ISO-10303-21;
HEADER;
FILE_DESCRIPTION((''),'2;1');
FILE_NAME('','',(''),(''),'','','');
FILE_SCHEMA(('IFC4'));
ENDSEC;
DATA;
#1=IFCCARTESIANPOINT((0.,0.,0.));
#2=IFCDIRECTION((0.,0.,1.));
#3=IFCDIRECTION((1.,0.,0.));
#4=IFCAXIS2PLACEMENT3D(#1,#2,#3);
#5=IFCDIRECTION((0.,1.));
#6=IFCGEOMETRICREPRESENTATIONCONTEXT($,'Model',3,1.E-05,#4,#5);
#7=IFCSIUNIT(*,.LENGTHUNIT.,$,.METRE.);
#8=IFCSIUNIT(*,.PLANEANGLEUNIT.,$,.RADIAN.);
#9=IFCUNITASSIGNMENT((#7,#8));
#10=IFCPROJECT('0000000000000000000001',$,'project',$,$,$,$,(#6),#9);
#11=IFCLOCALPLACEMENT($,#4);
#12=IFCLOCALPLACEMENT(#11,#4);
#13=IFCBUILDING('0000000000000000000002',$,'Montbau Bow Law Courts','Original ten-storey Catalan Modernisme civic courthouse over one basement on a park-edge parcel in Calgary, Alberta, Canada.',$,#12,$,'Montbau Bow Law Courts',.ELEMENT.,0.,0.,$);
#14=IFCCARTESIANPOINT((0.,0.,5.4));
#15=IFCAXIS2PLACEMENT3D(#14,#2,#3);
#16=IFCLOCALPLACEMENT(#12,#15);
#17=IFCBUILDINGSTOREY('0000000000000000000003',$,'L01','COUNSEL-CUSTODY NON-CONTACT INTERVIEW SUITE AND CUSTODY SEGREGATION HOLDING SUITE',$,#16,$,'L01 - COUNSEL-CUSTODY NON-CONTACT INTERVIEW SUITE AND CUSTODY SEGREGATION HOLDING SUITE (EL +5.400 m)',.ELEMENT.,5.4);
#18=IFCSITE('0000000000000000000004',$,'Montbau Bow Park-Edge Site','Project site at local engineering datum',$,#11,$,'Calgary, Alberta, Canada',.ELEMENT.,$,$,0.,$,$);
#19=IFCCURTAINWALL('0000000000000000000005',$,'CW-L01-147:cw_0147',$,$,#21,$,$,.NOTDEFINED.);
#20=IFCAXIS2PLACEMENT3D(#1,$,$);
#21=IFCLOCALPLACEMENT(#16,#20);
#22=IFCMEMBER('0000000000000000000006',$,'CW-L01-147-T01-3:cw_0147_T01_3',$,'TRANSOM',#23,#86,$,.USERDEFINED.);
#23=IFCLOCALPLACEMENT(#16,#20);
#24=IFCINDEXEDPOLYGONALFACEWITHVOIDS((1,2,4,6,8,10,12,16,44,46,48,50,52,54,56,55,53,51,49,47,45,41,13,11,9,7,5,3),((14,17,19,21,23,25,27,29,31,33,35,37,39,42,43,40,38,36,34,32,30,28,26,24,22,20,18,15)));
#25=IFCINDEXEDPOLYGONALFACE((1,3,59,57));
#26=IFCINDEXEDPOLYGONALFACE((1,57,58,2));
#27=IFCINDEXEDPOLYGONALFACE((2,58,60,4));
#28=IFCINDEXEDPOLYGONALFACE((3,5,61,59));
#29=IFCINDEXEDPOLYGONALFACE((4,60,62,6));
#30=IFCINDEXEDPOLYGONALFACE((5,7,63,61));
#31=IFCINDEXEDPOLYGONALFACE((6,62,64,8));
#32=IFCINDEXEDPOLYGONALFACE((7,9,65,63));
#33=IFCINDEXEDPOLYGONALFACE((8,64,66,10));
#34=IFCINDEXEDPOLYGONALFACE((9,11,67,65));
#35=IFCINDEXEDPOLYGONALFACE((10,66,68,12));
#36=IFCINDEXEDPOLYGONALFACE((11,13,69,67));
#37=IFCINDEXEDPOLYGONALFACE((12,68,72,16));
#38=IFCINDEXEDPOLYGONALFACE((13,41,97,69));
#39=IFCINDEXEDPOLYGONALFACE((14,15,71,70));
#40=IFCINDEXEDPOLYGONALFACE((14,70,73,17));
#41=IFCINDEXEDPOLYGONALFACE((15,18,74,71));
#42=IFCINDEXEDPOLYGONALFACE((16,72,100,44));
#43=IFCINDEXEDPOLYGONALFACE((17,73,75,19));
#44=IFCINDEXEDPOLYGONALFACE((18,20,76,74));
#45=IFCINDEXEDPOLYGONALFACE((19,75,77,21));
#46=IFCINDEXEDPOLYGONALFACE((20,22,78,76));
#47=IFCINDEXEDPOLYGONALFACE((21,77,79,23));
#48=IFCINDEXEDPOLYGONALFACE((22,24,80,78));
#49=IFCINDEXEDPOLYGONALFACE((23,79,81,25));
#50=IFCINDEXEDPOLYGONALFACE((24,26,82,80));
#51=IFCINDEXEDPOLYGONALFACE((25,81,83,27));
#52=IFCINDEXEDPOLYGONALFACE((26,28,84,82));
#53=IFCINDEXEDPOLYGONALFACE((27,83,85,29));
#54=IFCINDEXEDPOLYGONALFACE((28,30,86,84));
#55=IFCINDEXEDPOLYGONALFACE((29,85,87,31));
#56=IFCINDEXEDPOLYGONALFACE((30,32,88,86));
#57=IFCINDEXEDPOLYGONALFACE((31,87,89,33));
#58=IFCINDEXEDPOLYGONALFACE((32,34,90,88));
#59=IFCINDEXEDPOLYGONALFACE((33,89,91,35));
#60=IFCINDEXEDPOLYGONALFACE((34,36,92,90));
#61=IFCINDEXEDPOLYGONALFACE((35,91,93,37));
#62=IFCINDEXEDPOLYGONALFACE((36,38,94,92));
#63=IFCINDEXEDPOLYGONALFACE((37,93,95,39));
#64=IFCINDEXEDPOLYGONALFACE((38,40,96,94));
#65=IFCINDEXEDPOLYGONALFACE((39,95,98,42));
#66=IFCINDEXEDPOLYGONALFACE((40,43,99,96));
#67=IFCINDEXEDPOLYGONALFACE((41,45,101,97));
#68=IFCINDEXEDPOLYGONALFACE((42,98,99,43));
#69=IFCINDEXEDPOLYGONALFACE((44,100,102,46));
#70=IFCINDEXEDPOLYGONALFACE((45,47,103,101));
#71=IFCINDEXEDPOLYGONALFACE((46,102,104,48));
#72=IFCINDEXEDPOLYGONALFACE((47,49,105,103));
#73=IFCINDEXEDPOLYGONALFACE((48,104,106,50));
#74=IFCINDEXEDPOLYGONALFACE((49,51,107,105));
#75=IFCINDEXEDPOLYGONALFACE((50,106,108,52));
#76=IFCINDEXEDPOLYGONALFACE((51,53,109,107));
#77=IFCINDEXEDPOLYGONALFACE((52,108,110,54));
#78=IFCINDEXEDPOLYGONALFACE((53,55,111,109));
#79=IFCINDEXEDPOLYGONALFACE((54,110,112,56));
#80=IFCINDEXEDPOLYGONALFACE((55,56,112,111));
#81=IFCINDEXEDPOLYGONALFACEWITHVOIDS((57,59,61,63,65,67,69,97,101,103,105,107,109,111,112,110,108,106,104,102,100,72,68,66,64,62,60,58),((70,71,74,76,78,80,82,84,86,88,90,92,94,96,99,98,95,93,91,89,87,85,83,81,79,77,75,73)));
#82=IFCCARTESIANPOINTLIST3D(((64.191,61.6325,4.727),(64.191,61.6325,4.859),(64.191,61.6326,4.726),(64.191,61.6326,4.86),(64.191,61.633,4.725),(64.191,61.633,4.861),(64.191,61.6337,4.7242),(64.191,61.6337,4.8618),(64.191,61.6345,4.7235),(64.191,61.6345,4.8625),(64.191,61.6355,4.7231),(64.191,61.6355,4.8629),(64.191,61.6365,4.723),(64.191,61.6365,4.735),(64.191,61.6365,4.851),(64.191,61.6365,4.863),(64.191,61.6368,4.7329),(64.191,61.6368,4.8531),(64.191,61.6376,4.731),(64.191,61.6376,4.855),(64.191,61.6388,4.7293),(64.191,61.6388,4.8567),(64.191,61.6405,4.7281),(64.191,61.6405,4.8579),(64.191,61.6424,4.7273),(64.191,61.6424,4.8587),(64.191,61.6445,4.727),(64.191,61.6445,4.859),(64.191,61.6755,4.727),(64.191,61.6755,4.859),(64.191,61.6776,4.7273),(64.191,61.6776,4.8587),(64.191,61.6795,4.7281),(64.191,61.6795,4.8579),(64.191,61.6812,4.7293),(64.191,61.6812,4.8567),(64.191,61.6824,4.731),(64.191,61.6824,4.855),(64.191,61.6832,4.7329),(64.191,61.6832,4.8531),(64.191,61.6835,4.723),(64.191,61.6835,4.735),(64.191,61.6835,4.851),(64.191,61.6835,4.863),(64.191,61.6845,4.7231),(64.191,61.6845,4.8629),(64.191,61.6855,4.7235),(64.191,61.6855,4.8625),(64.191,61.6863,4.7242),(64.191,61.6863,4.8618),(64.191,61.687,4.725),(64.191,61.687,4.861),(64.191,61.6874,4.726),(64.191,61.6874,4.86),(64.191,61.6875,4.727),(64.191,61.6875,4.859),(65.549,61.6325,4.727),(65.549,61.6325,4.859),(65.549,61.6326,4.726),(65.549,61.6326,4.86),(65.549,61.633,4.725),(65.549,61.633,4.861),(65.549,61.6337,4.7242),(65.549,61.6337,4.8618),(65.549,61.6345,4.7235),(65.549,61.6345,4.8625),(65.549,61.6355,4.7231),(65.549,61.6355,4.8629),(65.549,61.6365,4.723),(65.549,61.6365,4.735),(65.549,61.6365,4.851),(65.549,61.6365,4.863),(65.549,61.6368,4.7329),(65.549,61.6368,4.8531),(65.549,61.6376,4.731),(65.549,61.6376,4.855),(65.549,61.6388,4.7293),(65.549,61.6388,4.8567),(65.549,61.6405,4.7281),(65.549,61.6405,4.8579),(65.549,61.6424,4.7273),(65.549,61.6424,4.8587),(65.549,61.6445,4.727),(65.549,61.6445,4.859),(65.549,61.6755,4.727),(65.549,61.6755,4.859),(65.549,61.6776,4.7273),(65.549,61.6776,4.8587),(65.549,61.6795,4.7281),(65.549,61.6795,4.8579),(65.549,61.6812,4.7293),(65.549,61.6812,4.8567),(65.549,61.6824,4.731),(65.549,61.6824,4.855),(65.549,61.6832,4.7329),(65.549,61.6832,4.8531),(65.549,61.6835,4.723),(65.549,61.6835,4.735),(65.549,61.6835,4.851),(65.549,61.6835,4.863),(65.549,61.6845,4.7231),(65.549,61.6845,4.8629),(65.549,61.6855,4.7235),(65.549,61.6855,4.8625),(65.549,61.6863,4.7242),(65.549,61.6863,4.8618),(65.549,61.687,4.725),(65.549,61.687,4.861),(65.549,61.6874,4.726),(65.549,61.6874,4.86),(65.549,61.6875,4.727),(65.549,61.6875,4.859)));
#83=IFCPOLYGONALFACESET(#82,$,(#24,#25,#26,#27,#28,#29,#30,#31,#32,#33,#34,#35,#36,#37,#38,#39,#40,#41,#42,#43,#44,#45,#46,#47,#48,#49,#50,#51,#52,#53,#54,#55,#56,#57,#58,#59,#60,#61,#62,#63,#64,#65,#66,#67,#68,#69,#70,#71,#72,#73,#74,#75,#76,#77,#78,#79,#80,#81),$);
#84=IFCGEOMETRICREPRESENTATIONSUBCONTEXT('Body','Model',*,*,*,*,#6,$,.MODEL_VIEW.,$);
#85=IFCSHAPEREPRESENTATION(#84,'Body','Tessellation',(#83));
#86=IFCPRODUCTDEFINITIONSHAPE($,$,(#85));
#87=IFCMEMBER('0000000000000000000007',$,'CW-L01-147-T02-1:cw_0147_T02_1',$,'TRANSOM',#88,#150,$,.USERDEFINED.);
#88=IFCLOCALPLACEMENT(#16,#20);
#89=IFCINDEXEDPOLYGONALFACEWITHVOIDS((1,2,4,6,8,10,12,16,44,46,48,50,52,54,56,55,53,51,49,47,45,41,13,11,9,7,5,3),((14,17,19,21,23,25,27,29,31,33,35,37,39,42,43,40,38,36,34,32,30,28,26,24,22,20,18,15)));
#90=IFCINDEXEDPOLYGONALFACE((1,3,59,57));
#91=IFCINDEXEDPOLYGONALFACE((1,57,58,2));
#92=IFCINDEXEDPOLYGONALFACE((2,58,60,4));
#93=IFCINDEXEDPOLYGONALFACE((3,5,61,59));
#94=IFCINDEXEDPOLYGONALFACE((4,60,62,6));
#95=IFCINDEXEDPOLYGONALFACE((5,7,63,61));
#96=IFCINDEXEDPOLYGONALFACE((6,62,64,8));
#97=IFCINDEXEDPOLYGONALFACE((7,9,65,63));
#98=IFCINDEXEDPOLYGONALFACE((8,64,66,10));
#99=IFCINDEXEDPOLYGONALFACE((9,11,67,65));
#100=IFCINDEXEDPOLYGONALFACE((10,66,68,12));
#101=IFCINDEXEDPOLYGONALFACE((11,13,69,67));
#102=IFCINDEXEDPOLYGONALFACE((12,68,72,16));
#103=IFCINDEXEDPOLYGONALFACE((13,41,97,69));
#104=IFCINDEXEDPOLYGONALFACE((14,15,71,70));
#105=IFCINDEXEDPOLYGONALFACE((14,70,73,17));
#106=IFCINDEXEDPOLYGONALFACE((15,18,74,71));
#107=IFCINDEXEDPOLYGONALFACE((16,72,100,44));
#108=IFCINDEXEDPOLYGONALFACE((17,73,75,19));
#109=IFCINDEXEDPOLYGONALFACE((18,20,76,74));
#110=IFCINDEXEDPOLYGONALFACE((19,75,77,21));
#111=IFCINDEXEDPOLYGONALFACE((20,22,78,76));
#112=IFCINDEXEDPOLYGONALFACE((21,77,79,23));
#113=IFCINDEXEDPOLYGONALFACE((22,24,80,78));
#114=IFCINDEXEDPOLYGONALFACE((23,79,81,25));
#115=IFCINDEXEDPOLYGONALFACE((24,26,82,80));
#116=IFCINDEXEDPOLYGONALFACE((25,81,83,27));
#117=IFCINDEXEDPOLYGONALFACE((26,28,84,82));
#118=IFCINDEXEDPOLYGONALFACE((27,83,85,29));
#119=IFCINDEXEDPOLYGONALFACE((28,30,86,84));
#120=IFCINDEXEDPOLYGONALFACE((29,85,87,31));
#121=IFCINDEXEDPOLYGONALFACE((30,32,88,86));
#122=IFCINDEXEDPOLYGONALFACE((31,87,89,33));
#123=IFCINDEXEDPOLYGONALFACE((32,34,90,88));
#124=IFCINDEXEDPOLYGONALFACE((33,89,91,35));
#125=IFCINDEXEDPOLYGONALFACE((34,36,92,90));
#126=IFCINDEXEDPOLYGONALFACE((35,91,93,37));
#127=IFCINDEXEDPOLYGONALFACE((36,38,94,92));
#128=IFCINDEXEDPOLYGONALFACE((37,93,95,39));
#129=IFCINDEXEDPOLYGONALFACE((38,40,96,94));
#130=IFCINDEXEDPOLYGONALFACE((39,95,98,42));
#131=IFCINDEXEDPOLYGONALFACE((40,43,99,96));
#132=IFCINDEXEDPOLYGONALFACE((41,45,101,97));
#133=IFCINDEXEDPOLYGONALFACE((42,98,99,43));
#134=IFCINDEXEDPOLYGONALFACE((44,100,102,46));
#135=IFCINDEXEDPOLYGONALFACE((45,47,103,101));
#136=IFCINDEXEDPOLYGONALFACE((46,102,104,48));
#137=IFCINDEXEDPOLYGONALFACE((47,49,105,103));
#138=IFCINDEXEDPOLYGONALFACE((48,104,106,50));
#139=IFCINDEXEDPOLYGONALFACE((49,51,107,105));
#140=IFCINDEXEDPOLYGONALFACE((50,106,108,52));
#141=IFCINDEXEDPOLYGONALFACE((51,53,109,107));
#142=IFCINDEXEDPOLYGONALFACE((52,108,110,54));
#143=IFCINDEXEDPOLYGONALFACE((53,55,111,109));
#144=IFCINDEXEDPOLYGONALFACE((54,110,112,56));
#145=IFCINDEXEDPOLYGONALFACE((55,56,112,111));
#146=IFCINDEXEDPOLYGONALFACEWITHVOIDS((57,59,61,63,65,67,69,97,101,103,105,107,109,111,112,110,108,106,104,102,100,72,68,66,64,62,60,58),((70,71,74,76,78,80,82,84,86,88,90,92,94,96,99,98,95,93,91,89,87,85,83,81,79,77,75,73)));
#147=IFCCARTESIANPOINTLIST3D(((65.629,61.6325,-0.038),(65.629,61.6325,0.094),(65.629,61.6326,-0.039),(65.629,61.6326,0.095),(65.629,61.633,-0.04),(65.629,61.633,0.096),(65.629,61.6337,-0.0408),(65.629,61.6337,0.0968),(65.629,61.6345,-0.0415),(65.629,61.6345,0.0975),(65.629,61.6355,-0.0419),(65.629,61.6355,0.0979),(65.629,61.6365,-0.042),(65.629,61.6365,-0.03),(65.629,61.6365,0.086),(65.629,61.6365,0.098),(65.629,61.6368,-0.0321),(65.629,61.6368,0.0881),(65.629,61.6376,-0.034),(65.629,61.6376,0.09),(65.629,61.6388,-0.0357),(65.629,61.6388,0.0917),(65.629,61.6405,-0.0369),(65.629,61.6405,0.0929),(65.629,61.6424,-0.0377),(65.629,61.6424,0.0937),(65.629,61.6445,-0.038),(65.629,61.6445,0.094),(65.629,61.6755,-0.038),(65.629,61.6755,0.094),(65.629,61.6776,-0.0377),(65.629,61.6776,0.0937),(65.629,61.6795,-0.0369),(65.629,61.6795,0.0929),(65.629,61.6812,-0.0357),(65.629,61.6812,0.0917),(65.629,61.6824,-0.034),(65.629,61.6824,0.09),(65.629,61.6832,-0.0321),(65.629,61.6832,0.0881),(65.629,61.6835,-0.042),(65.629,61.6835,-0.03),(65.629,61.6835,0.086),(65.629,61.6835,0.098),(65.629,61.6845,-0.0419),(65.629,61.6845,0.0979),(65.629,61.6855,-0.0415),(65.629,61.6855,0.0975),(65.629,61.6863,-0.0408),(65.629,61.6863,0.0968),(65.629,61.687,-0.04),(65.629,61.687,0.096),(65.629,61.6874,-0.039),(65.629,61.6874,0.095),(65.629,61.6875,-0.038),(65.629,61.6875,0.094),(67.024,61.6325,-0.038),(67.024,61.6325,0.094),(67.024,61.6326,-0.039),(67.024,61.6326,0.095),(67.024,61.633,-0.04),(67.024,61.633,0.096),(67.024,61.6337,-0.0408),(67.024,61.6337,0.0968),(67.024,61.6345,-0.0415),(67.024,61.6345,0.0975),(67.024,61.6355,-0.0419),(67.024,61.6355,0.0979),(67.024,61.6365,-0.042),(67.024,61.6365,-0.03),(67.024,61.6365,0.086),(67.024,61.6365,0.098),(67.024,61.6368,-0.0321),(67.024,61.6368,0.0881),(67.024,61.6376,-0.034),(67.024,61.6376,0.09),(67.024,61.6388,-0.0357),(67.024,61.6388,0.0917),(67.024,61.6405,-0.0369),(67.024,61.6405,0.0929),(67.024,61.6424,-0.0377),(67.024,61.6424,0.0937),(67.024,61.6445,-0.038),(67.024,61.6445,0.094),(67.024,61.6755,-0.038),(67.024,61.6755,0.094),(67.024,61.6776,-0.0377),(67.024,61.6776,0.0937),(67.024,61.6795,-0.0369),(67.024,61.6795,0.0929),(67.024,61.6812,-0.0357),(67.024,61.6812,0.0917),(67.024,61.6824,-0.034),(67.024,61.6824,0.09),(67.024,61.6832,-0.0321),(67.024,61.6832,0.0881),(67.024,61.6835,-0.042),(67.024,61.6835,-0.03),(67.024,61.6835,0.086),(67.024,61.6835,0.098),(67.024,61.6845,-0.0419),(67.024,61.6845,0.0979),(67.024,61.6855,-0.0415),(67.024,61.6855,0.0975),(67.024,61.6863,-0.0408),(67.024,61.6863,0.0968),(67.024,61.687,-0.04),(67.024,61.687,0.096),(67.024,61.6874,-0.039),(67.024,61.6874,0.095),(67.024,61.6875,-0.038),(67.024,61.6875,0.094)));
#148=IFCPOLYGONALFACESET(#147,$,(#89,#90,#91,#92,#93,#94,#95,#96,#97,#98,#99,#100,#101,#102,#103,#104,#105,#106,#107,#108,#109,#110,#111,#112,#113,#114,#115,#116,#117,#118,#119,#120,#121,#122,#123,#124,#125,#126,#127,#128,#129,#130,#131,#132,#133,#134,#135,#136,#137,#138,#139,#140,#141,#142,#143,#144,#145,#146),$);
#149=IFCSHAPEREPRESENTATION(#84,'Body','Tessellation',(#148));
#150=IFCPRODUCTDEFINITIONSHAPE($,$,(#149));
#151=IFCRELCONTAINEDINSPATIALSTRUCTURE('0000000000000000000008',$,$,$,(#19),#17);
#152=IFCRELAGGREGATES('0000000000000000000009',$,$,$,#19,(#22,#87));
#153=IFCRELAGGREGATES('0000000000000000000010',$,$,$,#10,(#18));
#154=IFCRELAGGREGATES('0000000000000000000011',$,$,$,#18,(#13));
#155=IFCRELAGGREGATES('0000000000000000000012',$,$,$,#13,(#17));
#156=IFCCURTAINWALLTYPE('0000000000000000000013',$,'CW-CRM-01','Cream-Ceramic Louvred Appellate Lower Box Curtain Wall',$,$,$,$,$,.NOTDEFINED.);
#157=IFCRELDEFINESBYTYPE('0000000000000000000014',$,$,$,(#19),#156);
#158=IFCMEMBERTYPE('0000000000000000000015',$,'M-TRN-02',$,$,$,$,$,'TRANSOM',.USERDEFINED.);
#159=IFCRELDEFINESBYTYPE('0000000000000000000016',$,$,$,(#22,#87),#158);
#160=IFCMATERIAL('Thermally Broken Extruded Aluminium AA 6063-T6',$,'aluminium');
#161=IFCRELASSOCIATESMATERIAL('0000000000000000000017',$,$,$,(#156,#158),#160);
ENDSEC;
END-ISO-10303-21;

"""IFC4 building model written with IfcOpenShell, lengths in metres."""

from ifc_helpers import new_model, si_unit, direction, frame, origin_with_axes, origin_2d_with_axis, place, context, subcontext, project, spatial, hollow_rectangle, extrude, material, material_profile, profile_set, type_object, element, aggregate, save


model = new_model("IFC4")

# Units and contexts
model_context = context("Model", 3, precision=1e-05, world=origin_with_axes(), true_north=direction((0.0, 1.0)))
body_context = subcontext(model_context, "Body", "Model", "MODEL_VIEW")
ifc_project = project(units=[si_unit("LENGTHUNIT", "METRE"), si_unit("PLANEANGLEUNIT", "RADIAN")], contexts=[model_context])

# Site, building, storey
site_placement = place(None, origin_with_axes())
site = spatial("IfcSite", under=ifc_project, at=site_placement, Name="Montbau Bow Park-Edge Site", Description="Project site at local engineering datum", LongName="Calgary, Alberta, Canada", CompositionType="ELEMENT", RefElevation=0.0)
building_placement = place(site_placement, origin_with_axes())
building = spatial("IfcBuilding", under=site, at=building_placement, Name="Montbau Bow Law Courts", Description="Original ten-storey Catalan Modernisme civic courthouse over one basement on a park-edge parcel in Calgary, Alberta, Canada.", LongName="Montbau Bow Law Courts", CompositionType="ELEMENT", ElevationOfRefHeight=0.0, ElevationOfTerrain=0.0)
storey_placement = place(building_placement, frame((0.0, 0.0, 5.4), z_axis=(0.0, 0.0, 1.0), x_axis=(1.0, 0.0, 0.0)))
storey = spatial("IfcBuildingStorey", under=building, at=storey_placement, Name="L01", Description="COUNSEL-CUSTODY NON-CONTACT INTERVIEW SUITE AND CUSTODY SEGREGATION HOLDING SUITE", LongName="L01 - COUNSEL-CUSTODY NON-CONTACT INTERVIEW SUITE AND CUSTODY SEGREGATION HOLDING SUITE (EL +5.400 m)", CompositionType="ELEMENT", Elevation=5.4)

# Curtain wall, members
ifc_material_1 = material(Name="Thermally Broken Extruded Aluminium AA 6063-T6", Category="aluminium")
curtain_wall_type = type_object("IfcCurtainWallType", Name="CW-CRM-01", Description="Cream-Ceramic Louvred Appellate Lower Box Curtain Wall", PredefinedType="NOTDEFINED", material=ifc_material_1)
curtain_wall_placement = place(None, frame((64.115, 61.66, 5.4), z_axis=(0.0, 0.0, 1.0), x_axis=(1.0, 0.0, 0.0)))
curtain_wall = element("IfcCurtainWall", 1, at=curtain_wall_placement, inside=storey, type_object=curtain_wall_type, Name="CW-L01-147:cw_0147", PredefinedType="NOTDEFINED")
ifc_material_profile_1 = material_profile(ifc_material_1, hollow_rectangle(XDim=0.055, YDim=0.14, WallThickness=0.004, InnerFilletRadius=0.008, OuterFilletRadius=0.004, at=origin_2d_with_axis()), Name="CWT-140X55", Category="Main", Priority=0)
ifc_profile_set_1 = profile_set([ifc_material_profile_1], Name="Thermally Broken Extruded Aluminium AA 6063-T6")
member_type_1 = type_object("IfcMemberType", Name="M-TRN-02", ElementType="TRANSOM", PredefinedType="USERDEFINED", material=ifc_profile_set_1)
member_1_placement = place(None, frame((64.191, 61.66, 10.193), z_axis=(1.0, 0.0, 0.0), x_axis=(0.0, 1.0, 0.0)))
member_1 = element("IfcMember", 2, at=member_1_placement, type_object=member_type_1, Name="CW-L01-147-T01-3:cw_0147_T01_3", ObjectType="TRANSOM", PredefinedType="USERDEFINED", context=body_context, shape_type="SweptSolid", body=[
    extrude(hollow_rectangle(XDim=0.055, YDim=0.14, WallThickness=0.004, InnerFilletRadius=0.008, OuterFilletRadius=0.004, at=origin_2d_with_axis()), origin_with_axes(), (0.0, 0.0, 1.0), 1.358),
])
member_2_placement = place(None, frame((65.629, 61.66, 5.428), z_axis=(1.0, 0.0, 0.0), x_axis=(0.0, 1.0, 0.0)))
member_2 = element("IfcMember", 3, at=member_2_placement, type_object=member_type_1, Name="CW-L01-147-T02-1:cw_0147_T02_1", ObjectType="TRANSOM", PredefinedType="USERDEFINED", context=body_context, shape_type="SweptSolid", body=[
    extrude(hollow_rectangle(XDim=0.055, YDim=0.14, WallThickness=0.004, InnerFilletRadius=0.008, OuterFilletRadius=0.004, at=origin_2d_with_axis()), origin_with_axes(), (0.0, 0.0, 1.0), 1.395),
])
aggregate(curtain_wall, [member_1, member_2])

save(model, "model.ifc")
